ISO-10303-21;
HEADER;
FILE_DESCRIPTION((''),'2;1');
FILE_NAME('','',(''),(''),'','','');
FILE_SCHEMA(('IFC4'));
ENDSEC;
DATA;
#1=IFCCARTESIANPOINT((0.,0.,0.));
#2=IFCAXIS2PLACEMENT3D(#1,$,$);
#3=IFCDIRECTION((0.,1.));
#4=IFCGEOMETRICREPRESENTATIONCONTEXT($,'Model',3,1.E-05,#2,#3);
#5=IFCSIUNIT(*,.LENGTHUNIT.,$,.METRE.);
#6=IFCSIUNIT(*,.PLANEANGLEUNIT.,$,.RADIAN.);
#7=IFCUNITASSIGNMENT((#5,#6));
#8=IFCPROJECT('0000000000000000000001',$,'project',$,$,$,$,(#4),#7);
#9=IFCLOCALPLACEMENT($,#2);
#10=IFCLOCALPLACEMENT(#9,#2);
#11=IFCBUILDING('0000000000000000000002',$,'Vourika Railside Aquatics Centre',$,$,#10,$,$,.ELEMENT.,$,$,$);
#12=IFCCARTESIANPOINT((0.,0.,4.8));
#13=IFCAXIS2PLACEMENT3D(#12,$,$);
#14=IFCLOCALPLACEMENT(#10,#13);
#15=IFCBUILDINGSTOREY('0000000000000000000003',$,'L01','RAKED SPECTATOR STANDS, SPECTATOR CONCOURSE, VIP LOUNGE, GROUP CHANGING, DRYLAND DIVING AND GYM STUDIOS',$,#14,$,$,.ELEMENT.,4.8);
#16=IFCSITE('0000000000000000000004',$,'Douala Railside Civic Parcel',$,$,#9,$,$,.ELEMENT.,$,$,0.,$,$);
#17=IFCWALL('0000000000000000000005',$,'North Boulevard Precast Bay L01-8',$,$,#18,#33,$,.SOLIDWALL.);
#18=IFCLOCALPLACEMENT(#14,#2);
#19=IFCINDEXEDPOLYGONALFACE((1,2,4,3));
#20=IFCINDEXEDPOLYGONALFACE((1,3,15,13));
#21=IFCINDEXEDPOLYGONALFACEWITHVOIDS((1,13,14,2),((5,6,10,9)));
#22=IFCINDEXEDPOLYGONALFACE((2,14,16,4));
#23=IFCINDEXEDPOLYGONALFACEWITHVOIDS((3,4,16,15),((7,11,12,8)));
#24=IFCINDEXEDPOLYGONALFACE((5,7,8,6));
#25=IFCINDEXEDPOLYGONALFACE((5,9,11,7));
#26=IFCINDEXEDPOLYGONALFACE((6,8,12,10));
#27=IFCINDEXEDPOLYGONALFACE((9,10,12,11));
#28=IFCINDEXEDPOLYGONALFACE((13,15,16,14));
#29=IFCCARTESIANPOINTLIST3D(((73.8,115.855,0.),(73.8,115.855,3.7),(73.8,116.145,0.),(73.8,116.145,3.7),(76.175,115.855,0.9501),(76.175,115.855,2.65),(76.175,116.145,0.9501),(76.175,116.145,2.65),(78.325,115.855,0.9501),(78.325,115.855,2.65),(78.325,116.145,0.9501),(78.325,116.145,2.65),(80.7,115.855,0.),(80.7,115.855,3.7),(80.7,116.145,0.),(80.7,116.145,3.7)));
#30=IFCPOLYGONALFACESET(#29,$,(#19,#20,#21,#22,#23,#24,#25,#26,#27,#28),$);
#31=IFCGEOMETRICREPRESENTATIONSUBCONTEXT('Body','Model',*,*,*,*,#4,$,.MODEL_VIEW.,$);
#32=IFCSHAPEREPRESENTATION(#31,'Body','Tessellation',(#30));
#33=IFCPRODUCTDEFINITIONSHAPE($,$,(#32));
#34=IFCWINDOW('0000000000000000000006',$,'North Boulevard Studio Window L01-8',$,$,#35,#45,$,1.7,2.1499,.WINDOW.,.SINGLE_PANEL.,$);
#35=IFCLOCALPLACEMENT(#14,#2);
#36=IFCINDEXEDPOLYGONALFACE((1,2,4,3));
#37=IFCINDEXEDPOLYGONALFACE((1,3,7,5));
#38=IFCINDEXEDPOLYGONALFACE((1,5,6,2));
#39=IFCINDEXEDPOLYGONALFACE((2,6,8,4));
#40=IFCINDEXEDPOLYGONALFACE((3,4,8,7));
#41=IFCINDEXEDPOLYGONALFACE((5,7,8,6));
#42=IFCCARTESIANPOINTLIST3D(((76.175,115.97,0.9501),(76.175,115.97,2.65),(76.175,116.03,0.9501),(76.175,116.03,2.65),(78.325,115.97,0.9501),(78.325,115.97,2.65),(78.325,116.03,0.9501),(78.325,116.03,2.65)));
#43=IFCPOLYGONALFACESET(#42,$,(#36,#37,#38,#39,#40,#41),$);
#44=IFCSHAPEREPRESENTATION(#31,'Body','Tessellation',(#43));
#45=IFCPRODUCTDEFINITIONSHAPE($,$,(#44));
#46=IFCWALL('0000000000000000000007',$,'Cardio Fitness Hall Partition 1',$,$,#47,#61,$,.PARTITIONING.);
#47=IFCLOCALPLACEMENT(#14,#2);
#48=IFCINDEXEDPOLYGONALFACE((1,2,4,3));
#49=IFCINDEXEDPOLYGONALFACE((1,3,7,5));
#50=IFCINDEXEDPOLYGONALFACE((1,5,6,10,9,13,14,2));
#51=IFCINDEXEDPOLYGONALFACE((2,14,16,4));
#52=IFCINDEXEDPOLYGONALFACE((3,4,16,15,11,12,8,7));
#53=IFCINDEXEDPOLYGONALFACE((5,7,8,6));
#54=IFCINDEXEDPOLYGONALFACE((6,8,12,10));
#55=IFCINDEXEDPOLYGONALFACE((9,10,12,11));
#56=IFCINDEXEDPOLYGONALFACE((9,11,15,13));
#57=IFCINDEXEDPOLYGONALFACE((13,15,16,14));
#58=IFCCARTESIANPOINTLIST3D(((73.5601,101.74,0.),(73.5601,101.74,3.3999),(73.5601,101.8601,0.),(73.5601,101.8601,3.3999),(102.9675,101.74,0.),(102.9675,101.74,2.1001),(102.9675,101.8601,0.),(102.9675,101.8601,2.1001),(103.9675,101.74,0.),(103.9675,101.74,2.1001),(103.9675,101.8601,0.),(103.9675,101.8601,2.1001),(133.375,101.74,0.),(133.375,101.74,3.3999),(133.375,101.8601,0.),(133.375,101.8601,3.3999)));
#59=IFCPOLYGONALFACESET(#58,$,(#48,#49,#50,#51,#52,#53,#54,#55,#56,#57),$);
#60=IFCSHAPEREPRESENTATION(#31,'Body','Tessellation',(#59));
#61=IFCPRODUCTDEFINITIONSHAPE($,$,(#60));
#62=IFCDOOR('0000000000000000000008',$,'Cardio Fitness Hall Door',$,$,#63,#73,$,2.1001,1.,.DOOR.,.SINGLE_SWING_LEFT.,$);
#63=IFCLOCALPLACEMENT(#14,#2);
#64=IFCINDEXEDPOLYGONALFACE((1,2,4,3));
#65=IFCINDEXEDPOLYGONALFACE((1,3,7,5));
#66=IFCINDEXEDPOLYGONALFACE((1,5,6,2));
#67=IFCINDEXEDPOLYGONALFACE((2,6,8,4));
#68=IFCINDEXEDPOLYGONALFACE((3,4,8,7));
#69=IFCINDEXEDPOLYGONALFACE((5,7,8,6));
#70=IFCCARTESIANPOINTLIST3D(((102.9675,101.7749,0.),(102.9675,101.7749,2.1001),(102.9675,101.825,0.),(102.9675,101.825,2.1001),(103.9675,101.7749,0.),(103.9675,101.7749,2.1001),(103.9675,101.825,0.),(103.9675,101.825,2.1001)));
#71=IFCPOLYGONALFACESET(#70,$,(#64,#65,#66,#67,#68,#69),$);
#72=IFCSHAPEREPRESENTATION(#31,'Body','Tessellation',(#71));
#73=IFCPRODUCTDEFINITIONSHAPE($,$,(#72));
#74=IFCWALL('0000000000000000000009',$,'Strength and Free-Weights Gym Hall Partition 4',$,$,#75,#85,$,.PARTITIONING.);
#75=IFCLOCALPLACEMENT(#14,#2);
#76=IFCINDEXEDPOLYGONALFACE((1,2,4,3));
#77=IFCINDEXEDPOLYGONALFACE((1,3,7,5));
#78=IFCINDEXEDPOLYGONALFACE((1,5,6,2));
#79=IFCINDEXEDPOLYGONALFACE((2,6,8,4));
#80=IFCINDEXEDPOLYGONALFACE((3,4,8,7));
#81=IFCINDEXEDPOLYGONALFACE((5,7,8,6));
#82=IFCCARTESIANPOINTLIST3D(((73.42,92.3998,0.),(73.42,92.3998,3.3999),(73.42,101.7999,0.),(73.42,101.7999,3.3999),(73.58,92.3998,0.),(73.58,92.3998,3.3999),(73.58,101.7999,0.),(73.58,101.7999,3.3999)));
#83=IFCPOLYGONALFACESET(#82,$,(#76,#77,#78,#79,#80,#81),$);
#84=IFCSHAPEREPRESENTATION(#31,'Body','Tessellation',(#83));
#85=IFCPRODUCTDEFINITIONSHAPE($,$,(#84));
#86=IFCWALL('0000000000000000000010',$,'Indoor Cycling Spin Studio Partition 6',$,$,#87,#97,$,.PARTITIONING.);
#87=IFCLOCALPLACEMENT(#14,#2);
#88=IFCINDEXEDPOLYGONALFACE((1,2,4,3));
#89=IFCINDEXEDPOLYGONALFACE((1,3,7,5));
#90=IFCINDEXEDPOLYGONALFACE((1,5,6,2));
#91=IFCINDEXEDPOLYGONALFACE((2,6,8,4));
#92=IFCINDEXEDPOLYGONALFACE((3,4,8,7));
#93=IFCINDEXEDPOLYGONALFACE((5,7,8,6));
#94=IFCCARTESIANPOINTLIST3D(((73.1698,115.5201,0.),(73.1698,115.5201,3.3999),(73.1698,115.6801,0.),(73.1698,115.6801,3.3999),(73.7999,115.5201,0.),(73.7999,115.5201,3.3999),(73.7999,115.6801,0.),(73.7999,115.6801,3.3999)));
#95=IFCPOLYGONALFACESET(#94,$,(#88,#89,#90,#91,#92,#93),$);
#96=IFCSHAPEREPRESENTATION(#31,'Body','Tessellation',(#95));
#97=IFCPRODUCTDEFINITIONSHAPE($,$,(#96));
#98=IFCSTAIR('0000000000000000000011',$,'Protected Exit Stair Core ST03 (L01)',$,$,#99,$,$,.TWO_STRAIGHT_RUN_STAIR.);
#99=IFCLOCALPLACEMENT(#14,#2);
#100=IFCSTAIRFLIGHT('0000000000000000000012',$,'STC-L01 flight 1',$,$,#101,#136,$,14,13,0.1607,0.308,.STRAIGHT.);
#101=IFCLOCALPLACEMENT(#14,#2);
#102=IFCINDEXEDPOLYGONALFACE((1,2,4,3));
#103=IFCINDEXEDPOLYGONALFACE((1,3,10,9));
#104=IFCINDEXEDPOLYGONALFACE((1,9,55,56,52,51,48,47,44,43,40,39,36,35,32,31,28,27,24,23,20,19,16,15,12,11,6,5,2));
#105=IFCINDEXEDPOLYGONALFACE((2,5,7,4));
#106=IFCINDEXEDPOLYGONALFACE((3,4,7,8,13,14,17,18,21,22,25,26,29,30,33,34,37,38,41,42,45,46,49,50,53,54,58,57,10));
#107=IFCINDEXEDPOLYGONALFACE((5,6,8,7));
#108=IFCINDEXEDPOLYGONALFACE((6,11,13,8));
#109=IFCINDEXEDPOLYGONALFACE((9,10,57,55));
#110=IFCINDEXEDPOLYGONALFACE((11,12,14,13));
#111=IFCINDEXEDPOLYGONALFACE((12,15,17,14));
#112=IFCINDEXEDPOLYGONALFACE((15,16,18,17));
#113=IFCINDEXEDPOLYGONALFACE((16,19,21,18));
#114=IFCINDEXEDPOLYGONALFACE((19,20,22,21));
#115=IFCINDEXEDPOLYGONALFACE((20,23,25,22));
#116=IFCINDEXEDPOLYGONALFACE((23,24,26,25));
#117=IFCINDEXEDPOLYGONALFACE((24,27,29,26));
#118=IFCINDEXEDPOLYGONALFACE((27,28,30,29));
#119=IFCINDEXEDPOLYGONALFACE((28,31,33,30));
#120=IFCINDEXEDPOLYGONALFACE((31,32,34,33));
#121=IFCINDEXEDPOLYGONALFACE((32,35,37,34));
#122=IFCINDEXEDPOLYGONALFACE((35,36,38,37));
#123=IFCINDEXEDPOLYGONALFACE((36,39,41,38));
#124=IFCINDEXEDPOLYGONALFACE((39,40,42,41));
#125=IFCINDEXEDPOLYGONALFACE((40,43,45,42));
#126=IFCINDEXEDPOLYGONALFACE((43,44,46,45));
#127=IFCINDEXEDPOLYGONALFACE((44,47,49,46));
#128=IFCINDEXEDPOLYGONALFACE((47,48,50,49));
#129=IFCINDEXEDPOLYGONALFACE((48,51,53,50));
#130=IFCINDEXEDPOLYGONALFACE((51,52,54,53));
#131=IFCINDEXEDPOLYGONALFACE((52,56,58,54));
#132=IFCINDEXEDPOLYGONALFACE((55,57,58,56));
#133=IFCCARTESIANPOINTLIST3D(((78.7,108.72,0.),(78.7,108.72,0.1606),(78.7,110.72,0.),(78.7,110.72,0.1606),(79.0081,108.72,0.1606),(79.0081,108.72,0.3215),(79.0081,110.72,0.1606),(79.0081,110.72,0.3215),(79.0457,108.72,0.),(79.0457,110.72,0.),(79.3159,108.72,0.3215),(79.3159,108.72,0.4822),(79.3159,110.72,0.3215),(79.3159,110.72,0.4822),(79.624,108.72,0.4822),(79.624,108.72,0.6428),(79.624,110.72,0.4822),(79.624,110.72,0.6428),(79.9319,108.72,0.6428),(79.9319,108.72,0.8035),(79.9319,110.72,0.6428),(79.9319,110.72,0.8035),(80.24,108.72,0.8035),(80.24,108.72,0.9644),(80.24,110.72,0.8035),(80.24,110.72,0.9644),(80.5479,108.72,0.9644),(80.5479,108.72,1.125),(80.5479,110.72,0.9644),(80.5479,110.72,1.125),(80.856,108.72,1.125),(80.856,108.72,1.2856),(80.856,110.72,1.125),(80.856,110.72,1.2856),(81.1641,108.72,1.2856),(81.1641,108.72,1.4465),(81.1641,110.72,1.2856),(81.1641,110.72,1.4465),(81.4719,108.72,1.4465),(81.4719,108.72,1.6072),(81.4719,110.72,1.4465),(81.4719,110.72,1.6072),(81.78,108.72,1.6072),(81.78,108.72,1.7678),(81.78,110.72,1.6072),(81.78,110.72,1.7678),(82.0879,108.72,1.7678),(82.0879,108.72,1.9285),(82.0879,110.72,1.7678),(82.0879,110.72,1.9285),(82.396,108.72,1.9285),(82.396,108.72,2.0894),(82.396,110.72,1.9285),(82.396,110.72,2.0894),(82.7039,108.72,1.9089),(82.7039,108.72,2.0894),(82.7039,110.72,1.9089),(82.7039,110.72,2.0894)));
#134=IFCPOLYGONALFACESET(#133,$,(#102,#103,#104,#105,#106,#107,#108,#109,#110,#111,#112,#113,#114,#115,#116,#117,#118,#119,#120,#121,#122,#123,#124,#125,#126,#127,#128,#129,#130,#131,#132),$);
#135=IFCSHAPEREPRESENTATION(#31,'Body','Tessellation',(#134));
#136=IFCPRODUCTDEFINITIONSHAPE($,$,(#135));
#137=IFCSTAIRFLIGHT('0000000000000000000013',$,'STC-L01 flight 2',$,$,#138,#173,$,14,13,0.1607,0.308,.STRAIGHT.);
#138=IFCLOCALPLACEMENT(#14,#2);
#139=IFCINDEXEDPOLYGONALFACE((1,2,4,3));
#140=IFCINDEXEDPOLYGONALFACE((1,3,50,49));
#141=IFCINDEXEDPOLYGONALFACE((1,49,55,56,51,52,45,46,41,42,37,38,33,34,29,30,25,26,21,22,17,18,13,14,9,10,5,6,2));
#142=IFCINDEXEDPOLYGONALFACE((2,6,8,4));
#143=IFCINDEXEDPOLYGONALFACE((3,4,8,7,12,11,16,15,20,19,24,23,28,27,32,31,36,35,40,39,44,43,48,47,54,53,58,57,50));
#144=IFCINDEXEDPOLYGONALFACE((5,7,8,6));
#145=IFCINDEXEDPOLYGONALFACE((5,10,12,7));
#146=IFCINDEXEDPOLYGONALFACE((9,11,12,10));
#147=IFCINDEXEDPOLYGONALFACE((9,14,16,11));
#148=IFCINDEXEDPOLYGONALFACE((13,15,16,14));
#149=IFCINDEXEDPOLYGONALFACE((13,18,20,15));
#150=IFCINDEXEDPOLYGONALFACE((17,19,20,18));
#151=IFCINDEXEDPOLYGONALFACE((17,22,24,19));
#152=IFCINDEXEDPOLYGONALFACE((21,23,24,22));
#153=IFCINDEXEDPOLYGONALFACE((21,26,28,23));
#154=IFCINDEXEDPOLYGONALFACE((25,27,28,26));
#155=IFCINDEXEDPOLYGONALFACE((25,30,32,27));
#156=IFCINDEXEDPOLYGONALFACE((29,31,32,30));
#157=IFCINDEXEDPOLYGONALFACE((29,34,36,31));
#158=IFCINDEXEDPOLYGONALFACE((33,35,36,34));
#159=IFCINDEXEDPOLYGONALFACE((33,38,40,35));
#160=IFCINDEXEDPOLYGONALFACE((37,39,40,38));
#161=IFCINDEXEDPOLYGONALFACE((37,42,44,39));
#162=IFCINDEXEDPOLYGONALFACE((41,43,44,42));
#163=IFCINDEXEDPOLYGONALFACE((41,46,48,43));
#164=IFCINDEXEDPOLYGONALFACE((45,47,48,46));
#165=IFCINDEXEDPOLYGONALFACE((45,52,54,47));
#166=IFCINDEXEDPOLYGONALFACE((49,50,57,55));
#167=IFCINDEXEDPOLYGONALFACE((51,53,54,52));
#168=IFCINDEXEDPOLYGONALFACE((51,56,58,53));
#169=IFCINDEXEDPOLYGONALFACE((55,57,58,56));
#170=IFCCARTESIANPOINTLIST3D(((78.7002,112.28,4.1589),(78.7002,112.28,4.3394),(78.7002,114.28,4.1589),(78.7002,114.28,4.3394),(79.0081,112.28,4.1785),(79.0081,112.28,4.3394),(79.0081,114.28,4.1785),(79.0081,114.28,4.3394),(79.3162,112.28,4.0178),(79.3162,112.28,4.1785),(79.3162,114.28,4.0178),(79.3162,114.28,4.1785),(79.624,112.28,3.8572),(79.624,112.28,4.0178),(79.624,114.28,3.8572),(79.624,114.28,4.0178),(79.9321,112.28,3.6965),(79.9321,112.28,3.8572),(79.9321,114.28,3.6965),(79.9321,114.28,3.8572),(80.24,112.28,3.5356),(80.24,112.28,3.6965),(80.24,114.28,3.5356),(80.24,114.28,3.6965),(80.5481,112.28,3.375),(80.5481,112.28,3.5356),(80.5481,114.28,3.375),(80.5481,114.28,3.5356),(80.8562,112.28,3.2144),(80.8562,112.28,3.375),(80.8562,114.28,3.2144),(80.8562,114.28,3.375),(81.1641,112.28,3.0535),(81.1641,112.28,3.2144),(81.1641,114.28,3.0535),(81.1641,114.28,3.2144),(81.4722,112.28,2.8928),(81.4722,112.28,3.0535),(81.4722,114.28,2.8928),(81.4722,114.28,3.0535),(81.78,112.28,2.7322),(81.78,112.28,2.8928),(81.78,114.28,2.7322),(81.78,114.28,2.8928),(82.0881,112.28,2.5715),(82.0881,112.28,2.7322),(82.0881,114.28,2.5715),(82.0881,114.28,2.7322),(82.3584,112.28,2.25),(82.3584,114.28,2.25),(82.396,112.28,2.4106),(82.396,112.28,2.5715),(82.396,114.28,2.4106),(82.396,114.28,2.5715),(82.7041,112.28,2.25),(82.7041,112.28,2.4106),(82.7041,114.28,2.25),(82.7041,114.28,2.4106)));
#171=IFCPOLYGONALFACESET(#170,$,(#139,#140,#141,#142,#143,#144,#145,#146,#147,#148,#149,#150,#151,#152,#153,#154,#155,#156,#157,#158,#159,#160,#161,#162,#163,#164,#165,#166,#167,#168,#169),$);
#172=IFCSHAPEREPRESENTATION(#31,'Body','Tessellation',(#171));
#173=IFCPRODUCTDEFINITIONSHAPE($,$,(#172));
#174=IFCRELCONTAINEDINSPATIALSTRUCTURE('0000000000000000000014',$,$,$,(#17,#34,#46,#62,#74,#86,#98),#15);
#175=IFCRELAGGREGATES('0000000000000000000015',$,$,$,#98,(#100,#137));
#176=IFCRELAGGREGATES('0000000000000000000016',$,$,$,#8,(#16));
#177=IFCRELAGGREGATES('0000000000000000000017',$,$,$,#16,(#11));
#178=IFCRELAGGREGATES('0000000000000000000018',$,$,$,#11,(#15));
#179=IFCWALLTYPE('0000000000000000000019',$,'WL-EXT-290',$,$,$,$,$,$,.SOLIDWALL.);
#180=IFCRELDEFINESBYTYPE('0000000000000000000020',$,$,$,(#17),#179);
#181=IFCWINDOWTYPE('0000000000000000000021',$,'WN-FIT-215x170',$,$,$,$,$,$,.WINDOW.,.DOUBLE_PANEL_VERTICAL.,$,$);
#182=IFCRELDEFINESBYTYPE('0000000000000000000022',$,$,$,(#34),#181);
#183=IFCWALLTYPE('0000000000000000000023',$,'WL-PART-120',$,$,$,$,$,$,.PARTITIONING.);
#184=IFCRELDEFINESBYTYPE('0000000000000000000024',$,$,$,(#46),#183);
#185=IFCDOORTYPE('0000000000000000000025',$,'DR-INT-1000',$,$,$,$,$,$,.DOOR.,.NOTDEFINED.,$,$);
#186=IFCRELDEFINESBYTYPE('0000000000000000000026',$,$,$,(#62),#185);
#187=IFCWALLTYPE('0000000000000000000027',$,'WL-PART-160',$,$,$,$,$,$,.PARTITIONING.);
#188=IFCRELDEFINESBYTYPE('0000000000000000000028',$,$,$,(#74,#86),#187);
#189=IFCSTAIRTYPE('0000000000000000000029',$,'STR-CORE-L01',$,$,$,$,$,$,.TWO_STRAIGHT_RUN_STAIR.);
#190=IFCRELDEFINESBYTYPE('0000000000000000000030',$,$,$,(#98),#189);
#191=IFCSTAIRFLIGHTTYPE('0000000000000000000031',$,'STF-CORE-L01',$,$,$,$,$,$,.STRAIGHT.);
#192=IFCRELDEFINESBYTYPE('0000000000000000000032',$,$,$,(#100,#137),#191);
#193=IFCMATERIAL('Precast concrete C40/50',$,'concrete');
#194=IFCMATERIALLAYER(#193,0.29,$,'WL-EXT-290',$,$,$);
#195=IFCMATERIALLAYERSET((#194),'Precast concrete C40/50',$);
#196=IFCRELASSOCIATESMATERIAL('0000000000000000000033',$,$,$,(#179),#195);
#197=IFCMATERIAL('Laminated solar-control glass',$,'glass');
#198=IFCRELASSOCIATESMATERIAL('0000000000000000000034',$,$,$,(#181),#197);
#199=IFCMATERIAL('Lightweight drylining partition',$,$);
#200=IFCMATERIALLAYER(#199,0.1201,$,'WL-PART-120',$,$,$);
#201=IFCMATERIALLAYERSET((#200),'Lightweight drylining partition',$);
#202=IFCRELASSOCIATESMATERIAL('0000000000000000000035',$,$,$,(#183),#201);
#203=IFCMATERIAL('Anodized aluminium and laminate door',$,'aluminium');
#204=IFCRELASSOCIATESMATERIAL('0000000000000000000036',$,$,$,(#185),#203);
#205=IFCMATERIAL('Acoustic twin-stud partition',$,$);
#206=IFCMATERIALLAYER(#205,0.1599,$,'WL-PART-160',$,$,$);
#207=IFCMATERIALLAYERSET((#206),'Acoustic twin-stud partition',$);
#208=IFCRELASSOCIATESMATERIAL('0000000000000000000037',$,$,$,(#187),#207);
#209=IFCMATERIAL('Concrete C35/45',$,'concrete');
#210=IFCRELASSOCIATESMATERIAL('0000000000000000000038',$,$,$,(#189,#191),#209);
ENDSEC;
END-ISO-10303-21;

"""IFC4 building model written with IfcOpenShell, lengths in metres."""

from ifc_helpers import new_model, si_unit, direction, frame, frame_2d, origin, place, context, subcontext, project, spatial, polyline, rectangle, outline, extrude, material, layer, layer_set, type_object, element, fill, aggregate, save


model = new_model("IFC4")

# Units and contexts
model_context = context("Model", 3, precision=1e-05, world=origin(), true_north=direction((0.0, 1.0)))
body_context = subcontext(model_context, "Body", "Model", "MODEL_VIEW")
ifc_project = project(units=[si_unit("LENGTHUNIT", "METRE"), si_unit("PLANEANGLEUNIT", "RADIAN")], contexts=[model_context])

# Site, building, storey
site_placement = place(None, origin())
site = spatial("IfcSite", under=ifc_project, at=site_placement, Name="Douala Railside Civic Parcel", CompositionType="ELEMENT", RefElevation=0.0)
building_placement = place(site_placement, origin())
building = spatial("IfcBuilding", under=site, at=building_placement, Name="Vourika Railside Aquatics Centre", CompositionType="ELEMENT")
storey_placement = place(building_placement, frame((0.0, 0.0, 4.8)))
storey = spatial("IfcBuildingStorey", under=building, at=storey_placement, Name="L01", Description="RAKED SPECTATOR STANDS, SPECTATOR CONCOURSE, VIP LOUNGE, GROUP CHANGING, DRYLAND DIVING AND GYM STUDIOS", CompositionType="ELEMENT", Elevation=4.8)

# Shared definitions
ifc_material_1 = material(Name="Concrete C35/45", Category="concrete")

# Wall, opening, window
ifc_material_2 = material(Name="Precast concrete C40/50", Category="concrete")
ifc_layer_1 = layer(ifc_material_2, 0.29, Name="WL-EXT-290")
ifc_layer_set_1 = layer_set([ifc_layer_1], Name="Precast concrete C40/50")
wall_type_1 = type_object("IfcWallType", Name="WL-EXT-290", PredefinedType="SOLIDWALL", material=ifc_layer_set_1)
wall_1_placement = place(storey_placement, frame((80.7, 116.0, 0.0), z_axis=(0.0, 0.0, 1.0), x_axis=(-1.0, 0.0, 0.0)))
wall_1 = element("IfcWall", 1, at=wall_1_placement, inside=storey, type_object=wall_type_1, Name="North Boulevard Precast Bay L01-8", PredefinedType="SOLIDWALL", context=body_context, shape_type="SweptSolid", body=[
    extrude(rectangle(XDim=6.8999, YDim=0.29, at=frame_2d((3.45, 0.0))), origin(), (0.0, 0.0, 1.0), 3.7),
])
opening_1_placement = place(wall_1_placement, frame((2.375, 0.0, 0.95)))
opening_1 = element("IfcOpeningElement", 2, at=opening_1_placement, cuts=wall_1, PredefinedType="OPENING", context=body_context, shape_type="SweptSolid", body=[
    extrude(rectangle(XDim=2.1499, YDim=1.7, at=frame_2d((1.075, 0.8501))), frame((0.0, 0.155, 0.0), z_axis=(0.0, -1.0, 0.0), x_axis=(1.0, 0.0, 0.0)), (0.0, 0.0, 1.0), 0.3101),
])
ifc_material_3 = material(Name="Laminated solar-control glass", Category="glass")
window_type = type_object("IfcWindowType", Name="WN-FIT-215x170", PartitioningType="DOUBLE_PANEL_VERTICAL", PredefinedType="WINDOW", material=ifc_material_3)
window_placement = place(opening_1_placement, origin())
window = element("IfcWindow", 3, at=window_placement, inside=storey, type_object=window_type, Name="North Boulevard Studio Window L01-8", OverallHeight=1.7, OverallWidth=2.1499, PartitioningType="SINGLE_PANEL", PredefinedType="WINDOW", context=body_context, shape_type="SweptSolid", body=[
    extrude(rectangle(XDim=2.1499, YDim=1.7, at=frame_2d((1.075, 0.8501))), frame((0.0, 0.03, 0.0), z_axis=(0.0, -1.0, 0.0), x_axis=(1.0, 0.0, 0.0)), (0.0, 0.0, 1.0), 0.0601),
])
fill(opening_1, window)

# Wall, opening, door
ifc_material_4 = material(Name="Lightweight drylining partition")
ifc_layer_2 = layer(ifc_material_4, 0.1201, Name="WL-PART-120")
ifc_layer_set_2 = layer_set([ifc_layer_2], Name="Lightweight drylining partition")
wall_type_2 = type_object("IfcWallType", Name="WL-PART-120", PredefinedType="PARTITIONING", material=ifc_layer_set_2)
wall_2_placement = place(storey_placement, frame((73.5601, 101.8, 0.0), z_axis=(0.0, 0.0, 1.0), x_axis=(1.0, 0.0, 0.0)))
wall_2 = element("IfcWall", 4, at=wall_2_placement, inside=storey, type_object=wall_type_2, Name="Cardio Fitness Hall Partition 1", PredefinedType="PARTITIONING", context=body_context, shape_type="SweptSolid", body=[
    extrude(rectangle(XDim=59.8149, YDim=0.1201, at=frame_2d((29.9075, 0.0))), origin(), (0.0, 0.0, 1.0), 3.3999),
])
opening_2_placement = place(wall_2_placement, frame((29.4075, 0.0, 0.0)))
opening_2 = element("IfcOpeningElement", 5, at=opening_2_placement, cuts=wall_2, PredefinedType="OPENING", context=body_context, shape_type="SweptSolid", body=[
    extrude(rectangle(XDim=1.0, YDim=2.1001, at=frame_2d((0.5, 1.05))), frame((0.0, 0.0701, 0.0), z_axis=(0.0, -1.0, 0.0), x_axis=(1.0, 0.0, 0.0)), (0.0, 0.0, 1.0), 0.1401),
])
ifc_material_5 = material(Name="Anodized aluminium and laminate door", Category="aluminium")
door_type_1 = type_object("IfcDoorType", Name="DR-INT-1000", OperationType="NOTDEFINED", PredefinedType="DOOR", material=ifc_material_5)
door_1_placement = place(opening_2_placement, origin())
door_1 = element("IfcDoor", 6, at=door_1_placement, inside=storey, type_object=door_type_1, Name="Cardio Fitness Hall Door", OperationType="SINGLE_SWING_LEFT", OverallHeight=2.1001, OverallWidth=1.0, PredefinedType="DOOR", context=body_context, shape_type="SweptSolid", body=[
    extrude(rectangle(XDim=1.0, YDim=2.1001, at=frame_2d((0.5, 1.05))), frame((0.0, 0.0249, 0.0), z_axis=(0.0, -1.0, 0.0), x_axis=(1.0, 0.0, 0.0)), (0.0, 0.0, 1.0), 0.05),
])
fill(opening_2, door_1)

# Walls
ifc_material_6 = material(Name="Acoustic twin-stud partition")
ifc_layer_3 = layer(ifc_material_6, 0.1599, Name="WL-PART-160")
ifc_layer_set_3 = layer_set([ifc_layer_3], Name="Acoustic twin-stud partition")
wall_type_3 = type_object("IfcWallType", Name="WL-PART-160", PredefinedType="PARTITIONING", material=ifc_layer_set_3)
wall_3_placement = place(storey_placement, frame((73.5, 101.8, 0.0), z_axis=(0.0, 0.0, 1.0), x_axis=(0.0, -1.0, 0.0)))
element("IfcWall", 7, at=wall_3_placement, inside=storey, type_object=wall_type_3, Name="Strength and Free-Weights Gym Hall Partition 4", PredefinedType="PARTITIONING", context=body_context, shape_type="SweptSolid", body=[
    extrude(rectangle(XDim=9.4001, YDim=0.1599, at=frame_2d((4.7002, 0.0))), origin(), (0.0, 0.0, 1.0), 3.3999),
])
for number, where, z_axis, x_axis, name in (
    (8, (73.1699, 115.6001, 0.0), (0.0, 0.0, 1.0), (1.0, 0.0, 0.0), "Indoor Cycling Spin Studio Partition 6"),
):
    element("IfcWall", number, at=place(storey_placement, frame(where, z_axis=z_axis, x_axis=x_axis)), inside=storey, type_object=wall_type_3, Name=name, PredefinedType="PARTITIONING", context=body_context, shape_type="SweptSolid", body=[
        extrude(rectangle(XDim=0.6301, YDim=0.1599, at=frame_2d((0.3149, 0.0))), origin(), (0.0, 0.0, 1.0), 3.3999),
    ])

# Stair, stair flights
stair_type = type_object("IfcStairType", Name="STR-CORE-L01", PredefinedType="TWO_STRAIGHT_RUN_STAIR", material=ifc_material_1)
stair_placement = place(storey_placement, origin())
stair = element("IfcStair", 9, at=stair_placement, inside=storey, type_object=stair_type, Name="Protected Exit Stair Core ST03 (L01)", PredefinedType="TWO_STRAIGHT_RUN_STAIR")
stair_flight_type = type_object("IfcStairFlightType", Name="STF-CORE-L01", PredefinedType="STRAIGHT", material=ifc_material_1)
stair_flight_1_placement = place(storey_placement, frame((78.7, 109.72, 0.0), z_axis=(0.0, 0.0, 1.0), x_axis=(1.0, 0.0, 0.0)))
stair_flight_1 = element("IfcStairFlight", 10, at=stair_flight_1_placement, type_object=stair_flight_type, Name="STC-L01 flight 1", NumberOfRisers=14, NumberOfTreads=13, PredefinedType="STRAIGHT", RiserHeight=0.1607, TreadLength=0.308, context=body_context, shape_type="SweptSolid", body=[
    extrude(outline(polyline([(0.0, 0.0), (0.0, 0.1606), (0.3081, 0.1606), (0.3081, 0.3215), (0.616, 0.3215), (0.616, 0.4822), (0.9241, 0.4822), (0.9241, 0.6428), (1.2319, 0.6428), (1.2319, 0.8035), (1.54, 0.8035), (1.54, 0.9644), (1.8479, 0.9644), (1.8479, 1.125), (2.156, 1.125), (2.156, 1.2856), (2.4641, 1.2856), (2.4641, 1.4465), (2.772, 1.4465), (2.772, 1.6072), (3.0801, 1.6072), (3.0801, 1.7678), (3.3879, 1.7678), (3.3879, 1.9285), (3.696, 1.9285), (3.696, 2.0894), (4.0039, 2.0894), (4.0039, 2.25), (4.0039, 1.9089), (0.3457, 0.0), (0.0, 0.0)])), frame((0.0, 1.0, 0.0), z_axis=(0.0, -1.0, 0.0), x_axis=(1.0, 0.0, 0.0)), (0.0, 0.0, 1.0), 2.0),
])
stair_flight_2_placement = place(storey_placement, frame((82.7041, 113.28, 2.25), z_axis=(0.0, 0.0, 1.0), x_axis=(-1.0, 0.0, 0.0)))
stair_flight_2 = element("IfcStairFlight", 11, at=stair_flight_2_placement, type_object=stair_flight_type, Name="STC-L01 flight 2", NumberOfRisers=14, NumberOfTreads=13, PredefinedType="STRAIGHT", RiserHeight=0.1607, TreadLength=0.308, context=body_context, shape_type="SweptSolid", body=[
    extrude(outline(polyline([(0.0, 0.0), (0.0, 0.1606), (0.3081, 0.1606), (0.3081, 0.3215), (0.616, 0.3215), (0.616, 0.4822), (0.9241, 0.4822), (0.9241, 0.6428), (1.2319, 0.6428), (1.2319, 0.8035), (1.54, 0.8035), (1.54, 0.9644), (1.8479, 0.9644), (1.8479, 1.125), (2.156, 1.125), (2.156, 1.2856), (2.4641, 1.2856), (2.4641, 1.4465), (2.772, 1.4465), (2.772, 1.6072), (3.0801, 1.6072), (3.0801, 1.7678), (3.3879, 1.7678), (3.3879, 1.9285), (3.696, 1.9285), (3.696, 2.0894), (4.0039, 2.0894), (4.0039, 2.25), (4.0039, 1.9089), (0.3457, 0.0), (0.0, 0.0)])), frame((0.0, 1.0, 0.0), z_axis=(0.0, -1.0, 0.0), x_axis=(1.0, 0.0, 0.0)), (0.0, 0.0, 1.0), 2.0),
])
aggregate(stair, [stair_flight_1, stair_flight_2])

save(model, "model.ifc")
